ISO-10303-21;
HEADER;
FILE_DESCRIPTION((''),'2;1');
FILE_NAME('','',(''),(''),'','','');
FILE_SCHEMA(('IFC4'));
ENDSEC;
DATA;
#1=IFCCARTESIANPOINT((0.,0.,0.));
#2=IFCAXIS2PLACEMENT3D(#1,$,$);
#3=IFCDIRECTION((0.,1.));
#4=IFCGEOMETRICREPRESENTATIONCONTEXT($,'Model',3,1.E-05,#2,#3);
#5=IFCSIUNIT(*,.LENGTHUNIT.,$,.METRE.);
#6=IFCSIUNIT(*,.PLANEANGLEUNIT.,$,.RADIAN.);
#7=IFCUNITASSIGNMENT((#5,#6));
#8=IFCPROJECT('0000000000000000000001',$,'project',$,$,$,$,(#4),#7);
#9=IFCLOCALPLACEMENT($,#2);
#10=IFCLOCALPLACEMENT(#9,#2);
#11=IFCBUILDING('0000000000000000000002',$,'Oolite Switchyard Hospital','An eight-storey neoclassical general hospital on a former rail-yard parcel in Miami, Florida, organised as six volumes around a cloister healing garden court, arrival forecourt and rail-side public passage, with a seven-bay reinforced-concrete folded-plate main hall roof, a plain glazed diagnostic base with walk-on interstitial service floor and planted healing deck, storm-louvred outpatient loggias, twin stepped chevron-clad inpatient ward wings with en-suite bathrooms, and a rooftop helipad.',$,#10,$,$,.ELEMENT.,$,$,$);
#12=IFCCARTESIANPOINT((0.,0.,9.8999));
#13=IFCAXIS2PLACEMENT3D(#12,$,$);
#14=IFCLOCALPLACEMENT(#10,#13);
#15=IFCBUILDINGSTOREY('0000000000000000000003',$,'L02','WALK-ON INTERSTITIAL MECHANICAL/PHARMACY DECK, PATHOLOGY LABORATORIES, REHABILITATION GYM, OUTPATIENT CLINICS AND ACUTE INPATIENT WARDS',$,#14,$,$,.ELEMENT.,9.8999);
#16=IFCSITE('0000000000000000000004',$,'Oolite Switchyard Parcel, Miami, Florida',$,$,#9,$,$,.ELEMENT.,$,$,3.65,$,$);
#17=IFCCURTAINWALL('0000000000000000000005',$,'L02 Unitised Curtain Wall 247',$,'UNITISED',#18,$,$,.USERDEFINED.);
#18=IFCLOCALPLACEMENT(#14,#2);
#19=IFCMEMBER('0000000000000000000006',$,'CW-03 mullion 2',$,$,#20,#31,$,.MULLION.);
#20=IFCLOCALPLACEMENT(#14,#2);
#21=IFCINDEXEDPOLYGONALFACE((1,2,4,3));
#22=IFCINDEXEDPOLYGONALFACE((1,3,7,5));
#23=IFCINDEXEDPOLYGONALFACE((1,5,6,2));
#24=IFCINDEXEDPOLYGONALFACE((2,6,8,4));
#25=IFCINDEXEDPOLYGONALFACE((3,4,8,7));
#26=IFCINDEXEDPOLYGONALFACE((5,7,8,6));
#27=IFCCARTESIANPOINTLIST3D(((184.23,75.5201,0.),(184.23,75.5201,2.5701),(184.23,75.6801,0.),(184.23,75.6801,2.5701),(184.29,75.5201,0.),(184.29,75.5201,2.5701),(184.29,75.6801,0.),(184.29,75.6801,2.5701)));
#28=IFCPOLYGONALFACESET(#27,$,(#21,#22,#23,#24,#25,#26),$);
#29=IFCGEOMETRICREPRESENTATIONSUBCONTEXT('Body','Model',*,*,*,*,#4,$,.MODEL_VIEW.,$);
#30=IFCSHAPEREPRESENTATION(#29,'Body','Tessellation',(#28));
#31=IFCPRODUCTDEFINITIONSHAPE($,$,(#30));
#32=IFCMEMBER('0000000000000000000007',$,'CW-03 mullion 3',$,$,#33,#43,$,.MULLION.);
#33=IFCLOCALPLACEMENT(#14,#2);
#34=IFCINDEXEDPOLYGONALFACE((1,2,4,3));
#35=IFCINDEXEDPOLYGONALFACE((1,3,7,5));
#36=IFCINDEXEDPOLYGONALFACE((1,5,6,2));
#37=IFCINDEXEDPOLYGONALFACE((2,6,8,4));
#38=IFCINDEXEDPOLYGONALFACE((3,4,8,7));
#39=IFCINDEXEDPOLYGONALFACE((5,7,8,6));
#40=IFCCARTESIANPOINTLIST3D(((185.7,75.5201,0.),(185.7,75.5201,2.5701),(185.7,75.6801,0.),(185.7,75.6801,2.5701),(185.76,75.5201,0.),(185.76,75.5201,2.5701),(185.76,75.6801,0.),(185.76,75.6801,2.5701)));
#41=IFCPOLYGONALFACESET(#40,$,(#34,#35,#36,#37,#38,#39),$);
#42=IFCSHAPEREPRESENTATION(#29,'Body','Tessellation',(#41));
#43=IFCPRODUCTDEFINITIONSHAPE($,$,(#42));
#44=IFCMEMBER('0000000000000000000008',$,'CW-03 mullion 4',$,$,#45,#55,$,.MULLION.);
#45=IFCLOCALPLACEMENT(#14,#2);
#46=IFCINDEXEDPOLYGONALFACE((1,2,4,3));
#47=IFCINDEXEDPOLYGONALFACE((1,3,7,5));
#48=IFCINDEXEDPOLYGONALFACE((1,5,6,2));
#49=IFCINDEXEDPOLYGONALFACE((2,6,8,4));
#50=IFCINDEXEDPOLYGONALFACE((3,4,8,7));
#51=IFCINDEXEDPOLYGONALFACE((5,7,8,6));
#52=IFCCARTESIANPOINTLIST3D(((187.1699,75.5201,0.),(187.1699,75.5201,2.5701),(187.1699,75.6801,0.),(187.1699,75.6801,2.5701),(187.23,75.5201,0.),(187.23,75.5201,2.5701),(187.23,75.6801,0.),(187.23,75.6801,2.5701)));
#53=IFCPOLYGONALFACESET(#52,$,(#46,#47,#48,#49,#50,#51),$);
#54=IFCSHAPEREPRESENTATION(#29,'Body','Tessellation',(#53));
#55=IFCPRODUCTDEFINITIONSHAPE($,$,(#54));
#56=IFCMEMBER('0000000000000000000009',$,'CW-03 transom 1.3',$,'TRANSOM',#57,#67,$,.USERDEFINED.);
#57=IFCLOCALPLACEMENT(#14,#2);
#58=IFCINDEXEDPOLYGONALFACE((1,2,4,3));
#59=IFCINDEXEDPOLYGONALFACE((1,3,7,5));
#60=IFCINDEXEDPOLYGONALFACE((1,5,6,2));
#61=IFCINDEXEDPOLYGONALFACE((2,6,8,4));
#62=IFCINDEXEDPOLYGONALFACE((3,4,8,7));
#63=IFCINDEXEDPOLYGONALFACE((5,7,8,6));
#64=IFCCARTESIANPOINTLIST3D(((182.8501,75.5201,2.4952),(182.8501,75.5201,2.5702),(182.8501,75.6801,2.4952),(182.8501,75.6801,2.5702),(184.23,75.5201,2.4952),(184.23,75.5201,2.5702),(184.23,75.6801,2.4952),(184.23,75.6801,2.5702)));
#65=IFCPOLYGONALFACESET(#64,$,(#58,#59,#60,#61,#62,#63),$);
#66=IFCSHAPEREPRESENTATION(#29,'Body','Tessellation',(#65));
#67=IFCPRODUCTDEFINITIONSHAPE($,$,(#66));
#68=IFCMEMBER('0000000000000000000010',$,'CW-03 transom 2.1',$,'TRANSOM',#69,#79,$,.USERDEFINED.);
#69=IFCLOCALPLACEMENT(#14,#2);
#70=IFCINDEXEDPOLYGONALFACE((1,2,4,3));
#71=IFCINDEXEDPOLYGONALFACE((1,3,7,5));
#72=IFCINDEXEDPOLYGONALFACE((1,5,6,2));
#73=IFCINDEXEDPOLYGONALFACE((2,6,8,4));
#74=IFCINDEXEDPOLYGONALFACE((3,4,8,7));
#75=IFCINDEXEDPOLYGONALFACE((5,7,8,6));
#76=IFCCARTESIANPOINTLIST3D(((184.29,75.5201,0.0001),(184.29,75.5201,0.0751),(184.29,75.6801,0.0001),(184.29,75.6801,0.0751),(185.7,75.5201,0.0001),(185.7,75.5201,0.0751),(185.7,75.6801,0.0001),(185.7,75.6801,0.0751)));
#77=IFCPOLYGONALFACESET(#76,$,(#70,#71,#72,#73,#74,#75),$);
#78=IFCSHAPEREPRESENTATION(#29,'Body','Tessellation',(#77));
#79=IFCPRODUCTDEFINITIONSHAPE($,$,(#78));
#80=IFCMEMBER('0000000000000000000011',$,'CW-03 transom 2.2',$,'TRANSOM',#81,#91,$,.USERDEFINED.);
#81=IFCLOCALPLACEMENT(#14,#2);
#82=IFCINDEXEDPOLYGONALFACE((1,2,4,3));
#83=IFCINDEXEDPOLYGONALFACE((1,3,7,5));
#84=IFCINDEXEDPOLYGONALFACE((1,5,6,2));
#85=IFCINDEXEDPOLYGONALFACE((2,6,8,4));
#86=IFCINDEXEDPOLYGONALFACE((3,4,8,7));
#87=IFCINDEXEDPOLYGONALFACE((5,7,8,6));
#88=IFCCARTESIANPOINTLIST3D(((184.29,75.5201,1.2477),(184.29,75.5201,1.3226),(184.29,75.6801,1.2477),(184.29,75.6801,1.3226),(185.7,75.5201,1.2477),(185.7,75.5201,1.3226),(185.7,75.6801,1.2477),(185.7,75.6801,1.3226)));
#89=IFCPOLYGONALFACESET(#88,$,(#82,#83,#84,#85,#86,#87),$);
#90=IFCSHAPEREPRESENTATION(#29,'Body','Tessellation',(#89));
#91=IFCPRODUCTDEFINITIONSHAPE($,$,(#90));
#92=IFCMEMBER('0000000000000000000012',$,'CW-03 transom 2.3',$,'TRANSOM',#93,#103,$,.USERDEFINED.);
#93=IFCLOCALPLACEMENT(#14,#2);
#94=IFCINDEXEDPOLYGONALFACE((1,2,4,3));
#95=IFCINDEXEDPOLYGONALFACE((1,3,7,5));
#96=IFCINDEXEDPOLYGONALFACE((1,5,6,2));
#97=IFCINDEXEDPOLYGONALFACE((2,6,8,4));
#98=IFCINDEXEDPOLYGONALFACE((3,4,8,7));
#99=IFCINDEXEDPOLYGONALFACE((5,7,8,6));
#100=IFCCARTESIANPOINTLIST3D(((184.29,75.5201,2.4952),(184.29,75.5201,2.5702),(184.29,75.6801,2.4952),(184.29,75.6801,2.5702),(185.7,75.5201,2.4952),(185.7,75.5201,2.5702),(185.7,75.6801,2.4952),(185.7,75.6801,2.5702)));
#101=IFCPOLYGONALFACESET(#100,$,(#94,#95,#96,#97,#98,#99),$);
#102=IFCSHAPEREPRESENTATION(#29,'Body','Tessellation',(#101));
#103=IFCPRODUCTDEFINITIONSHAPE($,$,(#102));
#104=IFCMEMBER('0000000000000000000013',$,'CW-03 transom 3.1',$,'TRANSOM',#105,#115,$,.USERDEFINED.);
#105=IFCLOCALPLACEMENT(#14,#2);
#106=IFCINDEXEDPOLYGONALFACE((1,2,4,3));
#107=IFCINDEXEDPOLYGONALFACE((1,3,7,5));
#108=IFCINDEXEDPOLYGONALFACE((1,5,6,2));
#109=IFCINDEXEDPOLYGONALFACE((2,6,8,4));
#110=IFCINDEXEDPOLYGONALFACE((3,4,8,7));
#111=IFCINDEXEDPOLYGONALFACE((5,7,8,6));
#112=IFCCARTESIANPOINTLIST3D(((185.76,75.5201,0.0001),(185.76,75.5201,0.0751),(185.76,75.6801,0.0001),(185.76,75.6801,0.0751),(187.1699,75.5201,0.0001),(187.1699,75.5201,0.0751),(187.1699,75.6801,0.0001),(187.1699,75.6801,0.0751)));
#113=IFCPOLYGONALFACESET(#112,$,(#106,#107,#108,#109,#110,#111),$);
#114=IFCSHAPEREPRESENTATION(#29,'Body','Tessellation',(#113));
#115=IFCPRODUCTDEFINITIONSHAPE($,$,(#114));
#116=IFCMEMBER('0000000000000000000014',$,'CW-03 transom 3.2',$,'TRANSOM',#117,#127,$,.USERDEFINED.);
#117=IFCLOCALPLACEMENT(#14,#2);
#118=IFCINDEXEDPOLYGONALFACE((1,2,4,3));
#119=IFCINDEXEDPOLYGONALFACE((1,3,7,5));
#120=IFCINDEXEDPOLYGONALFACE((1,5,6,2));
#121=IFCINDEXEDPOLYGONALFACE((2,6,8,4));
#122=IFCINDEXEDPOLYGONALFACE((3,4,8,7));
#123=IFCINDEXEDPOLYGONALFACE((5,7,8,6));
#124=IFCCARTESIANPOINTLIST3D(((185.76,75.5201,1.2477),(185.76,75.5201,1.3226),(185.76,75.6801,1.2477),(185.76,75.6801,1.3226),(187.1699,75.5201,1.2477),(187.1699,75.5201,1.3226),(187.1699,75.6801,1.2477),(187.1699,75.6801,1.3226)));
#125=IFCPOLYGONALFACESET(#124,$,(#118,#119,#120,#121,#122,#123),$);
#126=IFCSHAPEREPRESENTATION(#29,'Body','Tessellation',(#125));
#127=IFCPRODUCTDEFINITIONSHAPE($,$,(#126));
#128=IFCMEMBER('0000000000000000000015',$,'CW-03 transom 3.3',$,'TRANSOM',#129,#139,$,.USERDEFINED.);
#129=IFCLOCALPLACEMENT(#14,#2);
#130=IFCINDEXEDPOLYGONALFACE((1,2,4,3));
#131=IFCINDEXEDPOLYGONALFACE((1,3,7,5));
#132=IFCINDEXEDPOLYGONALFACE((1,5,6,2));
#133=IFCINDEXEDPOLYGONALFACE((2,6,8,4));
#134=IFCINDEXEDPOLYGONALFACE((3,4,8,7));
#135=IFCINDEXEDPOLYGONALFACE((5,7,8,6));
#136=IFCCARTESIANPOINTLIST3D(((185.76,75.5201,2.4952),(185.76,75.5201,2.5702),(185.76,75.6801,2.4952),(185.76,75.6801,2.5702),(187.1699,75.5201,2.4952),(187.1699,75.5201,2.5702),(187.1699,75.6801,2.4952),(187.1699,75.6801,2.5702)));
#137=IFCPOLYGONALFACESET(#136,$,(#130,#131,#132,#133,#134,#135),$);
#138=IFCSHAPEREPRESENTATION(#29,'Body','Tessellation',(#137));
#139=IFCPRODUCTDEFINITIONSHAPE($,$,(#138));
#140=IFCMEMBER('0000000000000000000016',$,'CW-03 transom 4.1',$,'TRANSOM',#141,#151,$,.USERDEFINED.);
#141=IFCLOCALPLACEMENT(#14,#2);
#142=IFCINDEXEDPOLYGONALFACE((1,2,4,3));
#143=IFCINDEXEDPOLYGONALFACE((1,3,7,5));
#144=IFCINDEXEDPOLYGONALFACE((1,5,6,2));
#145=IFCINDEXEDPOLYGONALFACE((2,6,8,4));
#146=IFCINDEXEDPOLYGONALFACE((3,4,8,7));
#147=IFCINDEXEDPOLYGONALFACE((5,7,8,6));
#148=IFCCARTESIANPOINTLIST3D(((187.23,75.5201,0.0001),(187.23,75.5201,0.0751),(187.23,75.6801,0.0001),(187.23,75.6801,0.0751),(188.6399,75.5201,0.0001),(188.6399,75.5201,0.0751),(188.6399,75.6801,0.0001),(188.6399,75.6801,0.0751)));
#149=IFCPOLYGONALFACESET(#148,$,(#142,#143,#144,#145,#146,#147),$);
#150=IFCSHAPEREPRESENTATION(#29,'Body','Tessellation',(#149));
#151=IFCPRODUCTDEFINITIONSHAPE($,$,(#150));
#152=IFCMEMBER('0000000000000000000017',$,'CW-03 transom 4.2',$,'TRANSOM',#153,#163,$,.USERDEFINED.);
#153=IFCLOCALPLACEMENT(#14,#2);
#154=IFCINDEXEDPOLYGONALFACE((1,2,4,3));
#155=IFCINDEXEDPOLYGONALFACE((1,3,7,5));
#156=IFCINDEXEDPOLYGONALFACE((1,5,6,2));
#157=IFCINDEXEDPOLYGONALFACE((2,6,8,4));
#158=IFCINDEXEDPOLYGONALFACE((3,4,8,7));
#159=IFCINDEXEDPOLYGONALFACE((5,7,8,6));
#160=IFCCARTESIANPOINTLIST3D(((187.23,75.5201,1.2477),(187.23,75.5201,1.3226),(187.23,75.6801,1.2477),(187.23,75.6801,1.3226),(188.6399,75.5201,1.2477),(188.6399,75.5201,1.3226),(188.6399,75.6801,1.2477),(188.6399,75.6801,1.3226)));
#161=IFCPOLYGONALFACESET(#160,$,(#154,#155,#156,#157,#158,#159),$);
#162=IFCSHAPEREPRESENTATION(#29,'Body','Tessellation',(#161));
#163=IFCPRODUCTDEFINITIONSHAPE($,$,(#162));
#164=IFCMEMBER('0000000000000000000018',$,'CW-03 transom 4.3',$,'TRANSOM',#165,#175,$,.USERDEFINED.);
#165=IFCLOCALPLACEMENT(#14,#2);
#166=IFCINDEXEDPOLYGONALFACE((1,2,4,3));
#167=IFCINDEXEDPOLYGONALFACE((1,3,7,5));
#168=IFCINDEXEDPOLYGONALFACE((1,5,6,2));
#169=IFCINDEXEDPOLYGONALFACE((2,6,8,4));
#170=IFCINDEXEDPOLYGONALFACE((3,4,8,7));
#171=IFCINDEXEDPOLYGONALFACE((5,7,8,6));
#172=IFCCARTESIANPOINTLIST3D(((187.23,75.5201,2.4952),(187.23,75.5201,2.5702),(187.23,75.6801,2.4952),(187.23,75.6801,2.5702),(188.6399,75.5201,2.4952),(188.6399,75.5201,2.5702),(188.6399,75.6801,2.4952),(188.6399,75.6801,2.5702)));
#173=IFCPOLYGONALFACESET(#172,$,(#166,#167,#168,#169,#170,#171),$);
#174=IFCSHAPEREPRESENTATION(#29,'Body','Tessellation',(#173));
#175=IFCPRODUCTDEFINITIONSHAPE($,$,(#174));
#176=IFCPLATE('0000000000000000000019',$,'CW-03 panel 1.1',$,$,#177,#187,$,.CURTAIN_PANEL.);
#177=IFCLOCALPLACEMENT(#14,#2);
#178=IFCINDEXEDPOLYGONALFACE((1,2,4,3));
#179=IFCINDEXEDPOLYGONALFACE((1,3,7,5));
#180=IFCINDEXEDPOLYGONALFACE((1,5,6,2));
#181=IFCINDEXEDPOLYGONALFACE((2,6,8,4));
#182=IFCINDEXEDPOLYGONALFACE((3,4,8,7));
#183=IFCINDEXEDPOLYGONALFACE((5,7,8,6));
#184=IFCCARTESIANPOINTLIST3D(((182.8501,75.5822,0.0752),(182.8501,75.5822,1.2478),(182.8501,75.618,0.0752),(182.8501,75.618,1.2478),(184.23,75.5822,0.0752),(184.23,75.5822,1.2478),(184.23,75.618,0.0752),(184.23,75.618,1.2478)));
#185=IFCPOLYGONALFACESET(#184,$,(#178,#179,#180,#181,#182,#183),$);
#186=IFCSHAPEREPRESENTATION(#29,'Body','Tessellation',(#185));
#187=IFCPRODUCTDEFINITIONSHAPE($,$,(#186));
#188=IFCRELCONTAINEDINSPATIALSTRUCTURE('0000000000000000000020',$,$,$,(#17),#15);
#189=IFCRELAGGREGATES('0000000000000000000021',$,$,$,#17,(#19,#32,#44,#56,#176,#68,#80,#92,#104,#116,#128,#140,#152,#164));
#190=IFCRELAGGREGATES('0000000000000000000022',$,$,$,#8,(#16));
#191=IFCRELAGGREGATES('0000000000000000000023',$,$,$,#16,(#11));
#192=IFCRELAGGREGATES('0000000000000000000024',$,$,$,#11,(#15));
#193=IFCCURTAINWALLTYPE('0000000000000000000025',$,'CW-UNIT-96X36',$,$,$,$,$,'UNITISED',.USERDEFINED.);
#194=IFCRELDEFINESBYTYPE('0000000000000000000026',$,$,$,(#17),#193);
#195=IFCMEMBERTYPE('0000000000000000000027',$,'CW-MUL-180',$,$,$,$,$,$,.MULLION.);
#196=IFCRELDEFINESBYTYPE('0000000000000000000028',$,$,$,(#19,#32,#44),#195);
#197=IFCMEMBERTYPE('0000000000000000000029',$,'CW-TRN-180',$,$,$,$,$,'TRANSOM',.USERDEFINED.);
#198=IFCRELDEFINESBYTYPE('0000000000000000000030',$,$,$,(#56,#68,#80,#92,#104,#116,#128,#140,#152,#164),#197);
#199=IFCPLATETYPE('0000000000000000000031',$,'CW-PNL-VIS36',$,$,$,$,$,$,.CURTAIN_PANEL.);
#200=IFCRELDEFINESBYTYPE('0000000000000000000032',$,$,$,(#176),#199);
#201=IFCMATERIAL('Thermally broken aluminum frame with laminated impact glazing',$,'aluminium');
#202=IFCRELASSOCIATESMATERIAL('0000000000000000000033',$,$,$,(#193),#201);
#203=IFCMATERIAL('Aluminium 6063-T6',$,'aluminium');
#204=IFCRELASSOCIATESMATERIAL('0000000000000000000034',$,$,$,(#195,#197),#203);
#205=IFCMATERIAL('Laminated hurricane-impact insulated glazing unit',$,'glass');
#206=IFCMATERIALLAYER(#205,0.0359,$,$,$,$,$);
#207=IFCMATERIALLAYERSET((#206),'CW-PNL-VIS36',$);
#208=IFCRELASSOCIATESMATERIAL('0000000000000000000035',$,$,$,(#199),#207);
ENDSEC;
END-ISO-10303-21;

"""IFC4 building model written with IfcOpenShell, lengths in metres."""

from ifc_helpers import new_model, si_unit, direction, frame, origin, origin_2d, place, context, subcontext, project, spatial, rectangle, extrude, material, layer, layer_set, material_profile, profile_set, type_object, element, aggregate, save


model = new_model("IFC4")

# Units and contexts
model_context = context("Model", 3, precision=1e-05, world=origin(), true_north=direction((0.0, 1.0)))
body_context = subcontext(model_context, "Body", "Model", "MODEL_VIEW")
ifc_project = project(units=[si_unit("LENGTHUNIT", "METRE"), si_unit("PLANEANGLEUNIT", "RADIAN")], contexts=[model_context])

# Site, building, storey
site_placement = place(None, origin())
site = spatial("IfcSite", under=ifc_project, at=site_placement, Name="Oolite Switchyard Parcel, Miami, Florida", CompositionType="ELEMENT", RefElevation=3.65)
building_placement = place(site_placement, origin())
building = spatial("IfcBuilding", under=site, at=building_placement, Name="Oolite Switchyard Hospital", Description="An eight-storey neoclassical general hospital on a former rail-yard parcel in Miami, Florida, organised as six volumes around a cloister healing garden court, arrival forecourt and rail-side public passage, with a seven-bay reinforced-concrete folded-plate main hall roof, a plain glazed diagnostic base with walk-on interstitial service floor and planted healing deck, storm-louvred outpatient loggias, twin stepped chevron-clad inpatient ward wings with en-suite bathrooms, and a rooftop helipad.", CompositionType="ELEMENT")
storey_placement = place(building_placement, frame((0.0, 0.0, 9.8999)))
storey = spatial("IfcBuildingStorey", under=building, at=storey_placement, Name="L02", Description="WALK-ON INTERSTITIAL MECHANICAL/PHARMACY DECK, PATHOLOGY LABORATORIES, REHABILITATION GYM, OUTPATIENT CLINICS AND ACUTE INPATIENT WARDS", CompositionType="ELEMENT", Elevation=9.8999)

# Curtain wall, members, plate
ifc_material_1 = material(Name="Thermally broken aluminum frame with laminated impact glazing", Category="aluminium")
curtain_wall_type = type_object("IfcCurtainWallType", Name="CW-UNIT-96X36", ElementType="UNITISED", PredefinedType="USERDEFINED", material=ifc_material_1)
curtain_wall_placement = place(storey_placement, origin())
curtain_wall = element("IfcCurtainWall", 1, at=curtain_wall_placement, inside=storey, type_object=curtain_wall_type, Name="L02 Unitised Curtain Wall 247", ObjectType="UNITISED", PredefinedType="USERDEFINED")
ifc_material_2 = material(Name="Aluminium 6063-T6", Category="aluminium")
ifc_material_profile_1 = material_profile(ifc_material_2, rectangle(XDim=0.1599, YDim=0.0601, at=origin_2d()), Name="CWM60X160")
ifc_profile_set_1 = profile_set([ifc_material_profile_1], Name="Aluminium 6063-T6")
member_type_1 = type_object("IfcMemberType", Name="CW-MUL-180", PredefinedType="MULLION", material=ifc_profile_set_1)
member_1_placement = place(storey_placement, frame((184.26, 75.6001, 0.0), z_axis=(0.0, 0.0, 1.0), x_axis=(0.0, 1.0, 0.0)))
member_1 = element("IfcMember", 2, at=member_1_placement, type_object=member_type_1, Name="CW-03 mullion 2", PredefinedType="MULLION", context=body_context, shape_type="SweptSolid", body=[
    extrude(rectangle(XDim=0.1599, YDim=0.0601, at=origin_2d()), origin(), (0.0, 0.0, 1.0), 2.5701),
])
member_2_placement = place(storey_placement, frame((185.73, 75.6001, 0.0), z_axis=(0.0, 0.0, 1.0), x_axis=(0.0, 1.0, 0.0)))
member_2 = element("IfcMember", 3, at=member_2_placement, type_object=member_type_1, Name="CW-03 mullion 3", PredefinedType="MULLION", context=body_context, shape_type="SweptSolid", body=[
    extrude(rectangle(XDim=0.1599, YDim=0.0601, at=origin_2d()), origin(), (0.0, 0.0, 1.0), 2.5701),
])
member_3_placement = place(storey_placement, frame((187.2, 75.6001, 0.0), z_axis=(0.0, 0.0, 1.0), x_axis=(0.0, 1.0, 0.0)))
member_3 = element("IfcMember", 4, at=member_3_placement, type_object=member_type_1, Name="CW-03 mullion 4", PredefinedType="MULLION", context=body_context, shape_type="SweptSolid", body=[
    extrude(rectangle(XDim=0.1599, YDim=0.0601, at=origin_2d()), origin(), (0.0, 0.0, 1.0), 2.5701),
])
ifc_material_profile_2 = material_profile(ifc_material_2, rectangle(XDim=0.1599, YDim=0.075, at=origin_2d()), Name="CWT75X160")
ifc_profile_set_2 = profile_set([ifc_material_profile_2], Name="Aluminium 6063-T6")
member_type_2 = type_object("IfcMemberType", Name="CW-TRN-180", ElementType="TRANSOM", PredefinedType="USERDEFINED", material=ifc_profile_set_2)
member_4_placement = place(storey_placement, frame((182.8501, 75.6001, 2.5327), z_axis=(1.0, 0.0, 0.0), x_axis=(0.0, 1.0, 0.0)))
member_4 = element("IfcMember", 5, at=member_4_placement, type_object=member_type_2, Name="CW-03 transom 1.3", ObjectType="TRANSOM", PredefinedType="USERDEFINED", context=body_context, shape_type="SweptSolid", body=[
    extrude(rectangle(XDim=0.1599, YDim=0.075, at=origin_2d()), origin(), (0.0, 0.0, 1.0), 1.3799),
])
member_5_placement = place(storey_placement, frame((184.29, 75.6001, 0.0376), z_axis=(1.0, 0.0, 0.0), x_axis=(0.0, 1.0, 0.0)))
member_5 = element("IfcMember", 6, at=member_5_placement, type_object=member_type_2, Name="CW-03 transom 2.1", ObjectType="TRANSOM", PredefinedType="USERDEFINED", context=body_context, shape_type="SweptSolid", body=[
    extrude(rectangle(XDim=0.1599, YDim=0.075, at=origin_2d()), origin(), (0.0, 0.0, 1.0), 1.4099),
])
member_6_placement = place(storey_placement, frame((184.29, 75.6001, 1.2852), z_axis=(1.0, 0.0, 0.0), x_axis=(0.0, 1.0, 0.0)))
member_6 = element("IfcMember", 7, at=member_6_placement, type_object=member_type_2, Name="CW-03 transom 2.2", ObjectType="TRANSOM", PredefinedType="USERDEFINED", context=body_context, shape_type="SweptSolid", body=[
    extrude(rectangle(XDim=0.1599, YDim=0.075, at=origin_2d()), origin(), (0.0, 0.0, 1.0), 1.4099),
])
member_7_placement = place(storey_placement, frame((184.29, 75.6001, 2.5327), z_axis=(1.0, 0.0, 0.0), x_axis=(0.0, 1.0, 0.0)))
member_7 = element("IfcMember", 8, at=member_7_placement, type_object=member_type_2, Name="CW-03 transom 2.3", ObjectType="TRANSOM", PredefinedType="USERDEFINED", context=body_context, shape_type="SweptSolid", body=[
    extrude(rectangle(XDim=0.1599, YDim=0.075, at=origin_2d()), origin(), (0.0, 0.0, 1.0), 1.4099),
])
member_8_placement = place(storey_placement, frame((185.76, 75.6001, 0.0376), z_axis=(1.0, 0.0, 0.0), x_axis=(0.0, 1.0, 0.0)))
member_8 = element("IfcMember", 9, at=member_8_placement, type_object=member_type_2, Name="CW-03 transom 3.1", ObjectType="TRANSOM", PredefinedType="USERDEFINED", context=body_context, shape_type="SweptSolid", body=[
    extrude(rectangle(XDim=0.1599, YDim=0.075, at=origin_2d()), origin(), (0.0, 0.0, 1.0), 1.4099),
])
member_9_placement = place(storey_placement, frame((185.76, 75.6001, 1.2852), z_axis=(1.0, 0.0, 0.0), x_axis=(0.0, 1.0, 0.0)))
member_9 = element("IfcMember", 10, at=member_9_placement, type_object=member_type_2, Name="CW-03 transom 3.2", ObjectType="TRANSOM", PredefinedType="USERDEFINED", context=body_context, shape_type="SweptSolid", body=[
    extrude(rectangle(XDim=0.1599, YDim=0.075, at=origin_2d()), origin(), (0.0, 0.0, 1.0), 1.4099),
])
member_10_placement = place(storey_placement, frame((185.76, 75.6001, 2.5327), z_axis=(1.0, 0.0, 0.0), x_axis=(0.0, 1.0, 0.0)))
member_10 = element("IfcMember", 11, at=member_10_placement, type_object=member_type_2, Name="CW-03 transom 3.3", ObjectType="TRANSOM", PredefinedType="USERDEFINED", context=body_context, shape_type="SweptSolid", body=[
    extrude(rectangle(XDim=0.1599, YDim=0.075, at=origin_2d()), origin(), (0.0, 0.0, 1.0), 1.4099),
])
member_11_placement = place(storey_placement, frame((187.23, 75.6001, 0.0376), z_axis=(1.0, 0.0, 0.0), x_axis=(0.0, 1.0, 0.0)))
member_11 = element("IfcMember", 12, at=member_11_placement, type_object=member_type_2, Name="CW-03 transom 4.1", ObjectType="TRANSOM", PredefinedType="USERDEFINED", context=body_context, shape_type="SweptSolid", body=[
    extrude(rectangle(XDim=0.1599, YDim=0.075, at=origin_2d()), origin(), (0.0, 0.0, 1.0), 1.4099),
])
member_12_placement = place(storey_placement, frame((187.23, 75.6001, 1.2852), z_axis=(1.0, 0.0, 0.0), x_axis=(0.0, 1.0, 0.0)))
member_12 = element("IfcMember", 13, at=member_12_placement, type_object=member_type_2, Name="CW-03 transom 4.2", ObjectType="TRANSOM", PredefinedType="USERDEFINED", context=body_context, shape_type="SweptSolid", body=[
    extrude(rectangle(XDim=0.1599, YDim=0.075, at=origin_2d()), origin(), (0.0, 0.0, 1.0), 1.4099),
])
member_13_placement = place(storey_placement, frame((187.23, 75.6001, 2.5327), z_axis=(1.0, 0.0, 0.0), x_axis=(0.0, 1.0, 0.0)))
member_13 = element("IfcMember", 14, at=member_13_placement, type_object=member_type_2, Name="CW-03 transom 4.3", ObjectType="TRANSOM", PredefinedType="USERDEFINED", context=body_context, shape_type="SweptSolid", body=[
    extrude(rectangle(XDim=0.1599, YDim=0.075, at=origin_2d()), origin(), (0.0, 0.0, 1.0), 1.4099),
])
ifc_material_3 = material(Name="Laminated hurricane-impact insulated glazing unit", Category="glass")
ifc_layer = layer(ifc_material_3, 0.0359)
ifc_layer_set = layer_set([ifc_layer], Name="CW-PNL-VIS36")
plate_type = type_object("IfcPlateType", Name="CW-PNL-VIS36", PredefinedType="CURTAIN_PANEL", material=ifc_layer_set)
plate_1_placement = place(storey_placement, frame((183.54, 75.6001, 0.0752), z_axis=(0.0, 0.0, 1.0), x_axis=(1.0, 0.0, 0.0)))
plate_1 = element("IfcPlate", 15, at=plate_1_placement, type_object=plate_type, Name="CW-03 panel 1.1", PredefinedType="CURTAIN_PANEL", context=body_context, shape_type="SweptSolid", body=[
    extrude(rectangle(XDim=1.3799, YDim=0.0359, at=origin_2d()), origin(), (0.0, 0.0, 1.0), 1.1726),
])
aggregate(curtain_wall, [member_1, member_2, member_3, member_4, plate_1, member_5, member_6, member_7, member_8, member_9, member_10, member_11, member_12, member_13])

save(model, "model.ifc")
